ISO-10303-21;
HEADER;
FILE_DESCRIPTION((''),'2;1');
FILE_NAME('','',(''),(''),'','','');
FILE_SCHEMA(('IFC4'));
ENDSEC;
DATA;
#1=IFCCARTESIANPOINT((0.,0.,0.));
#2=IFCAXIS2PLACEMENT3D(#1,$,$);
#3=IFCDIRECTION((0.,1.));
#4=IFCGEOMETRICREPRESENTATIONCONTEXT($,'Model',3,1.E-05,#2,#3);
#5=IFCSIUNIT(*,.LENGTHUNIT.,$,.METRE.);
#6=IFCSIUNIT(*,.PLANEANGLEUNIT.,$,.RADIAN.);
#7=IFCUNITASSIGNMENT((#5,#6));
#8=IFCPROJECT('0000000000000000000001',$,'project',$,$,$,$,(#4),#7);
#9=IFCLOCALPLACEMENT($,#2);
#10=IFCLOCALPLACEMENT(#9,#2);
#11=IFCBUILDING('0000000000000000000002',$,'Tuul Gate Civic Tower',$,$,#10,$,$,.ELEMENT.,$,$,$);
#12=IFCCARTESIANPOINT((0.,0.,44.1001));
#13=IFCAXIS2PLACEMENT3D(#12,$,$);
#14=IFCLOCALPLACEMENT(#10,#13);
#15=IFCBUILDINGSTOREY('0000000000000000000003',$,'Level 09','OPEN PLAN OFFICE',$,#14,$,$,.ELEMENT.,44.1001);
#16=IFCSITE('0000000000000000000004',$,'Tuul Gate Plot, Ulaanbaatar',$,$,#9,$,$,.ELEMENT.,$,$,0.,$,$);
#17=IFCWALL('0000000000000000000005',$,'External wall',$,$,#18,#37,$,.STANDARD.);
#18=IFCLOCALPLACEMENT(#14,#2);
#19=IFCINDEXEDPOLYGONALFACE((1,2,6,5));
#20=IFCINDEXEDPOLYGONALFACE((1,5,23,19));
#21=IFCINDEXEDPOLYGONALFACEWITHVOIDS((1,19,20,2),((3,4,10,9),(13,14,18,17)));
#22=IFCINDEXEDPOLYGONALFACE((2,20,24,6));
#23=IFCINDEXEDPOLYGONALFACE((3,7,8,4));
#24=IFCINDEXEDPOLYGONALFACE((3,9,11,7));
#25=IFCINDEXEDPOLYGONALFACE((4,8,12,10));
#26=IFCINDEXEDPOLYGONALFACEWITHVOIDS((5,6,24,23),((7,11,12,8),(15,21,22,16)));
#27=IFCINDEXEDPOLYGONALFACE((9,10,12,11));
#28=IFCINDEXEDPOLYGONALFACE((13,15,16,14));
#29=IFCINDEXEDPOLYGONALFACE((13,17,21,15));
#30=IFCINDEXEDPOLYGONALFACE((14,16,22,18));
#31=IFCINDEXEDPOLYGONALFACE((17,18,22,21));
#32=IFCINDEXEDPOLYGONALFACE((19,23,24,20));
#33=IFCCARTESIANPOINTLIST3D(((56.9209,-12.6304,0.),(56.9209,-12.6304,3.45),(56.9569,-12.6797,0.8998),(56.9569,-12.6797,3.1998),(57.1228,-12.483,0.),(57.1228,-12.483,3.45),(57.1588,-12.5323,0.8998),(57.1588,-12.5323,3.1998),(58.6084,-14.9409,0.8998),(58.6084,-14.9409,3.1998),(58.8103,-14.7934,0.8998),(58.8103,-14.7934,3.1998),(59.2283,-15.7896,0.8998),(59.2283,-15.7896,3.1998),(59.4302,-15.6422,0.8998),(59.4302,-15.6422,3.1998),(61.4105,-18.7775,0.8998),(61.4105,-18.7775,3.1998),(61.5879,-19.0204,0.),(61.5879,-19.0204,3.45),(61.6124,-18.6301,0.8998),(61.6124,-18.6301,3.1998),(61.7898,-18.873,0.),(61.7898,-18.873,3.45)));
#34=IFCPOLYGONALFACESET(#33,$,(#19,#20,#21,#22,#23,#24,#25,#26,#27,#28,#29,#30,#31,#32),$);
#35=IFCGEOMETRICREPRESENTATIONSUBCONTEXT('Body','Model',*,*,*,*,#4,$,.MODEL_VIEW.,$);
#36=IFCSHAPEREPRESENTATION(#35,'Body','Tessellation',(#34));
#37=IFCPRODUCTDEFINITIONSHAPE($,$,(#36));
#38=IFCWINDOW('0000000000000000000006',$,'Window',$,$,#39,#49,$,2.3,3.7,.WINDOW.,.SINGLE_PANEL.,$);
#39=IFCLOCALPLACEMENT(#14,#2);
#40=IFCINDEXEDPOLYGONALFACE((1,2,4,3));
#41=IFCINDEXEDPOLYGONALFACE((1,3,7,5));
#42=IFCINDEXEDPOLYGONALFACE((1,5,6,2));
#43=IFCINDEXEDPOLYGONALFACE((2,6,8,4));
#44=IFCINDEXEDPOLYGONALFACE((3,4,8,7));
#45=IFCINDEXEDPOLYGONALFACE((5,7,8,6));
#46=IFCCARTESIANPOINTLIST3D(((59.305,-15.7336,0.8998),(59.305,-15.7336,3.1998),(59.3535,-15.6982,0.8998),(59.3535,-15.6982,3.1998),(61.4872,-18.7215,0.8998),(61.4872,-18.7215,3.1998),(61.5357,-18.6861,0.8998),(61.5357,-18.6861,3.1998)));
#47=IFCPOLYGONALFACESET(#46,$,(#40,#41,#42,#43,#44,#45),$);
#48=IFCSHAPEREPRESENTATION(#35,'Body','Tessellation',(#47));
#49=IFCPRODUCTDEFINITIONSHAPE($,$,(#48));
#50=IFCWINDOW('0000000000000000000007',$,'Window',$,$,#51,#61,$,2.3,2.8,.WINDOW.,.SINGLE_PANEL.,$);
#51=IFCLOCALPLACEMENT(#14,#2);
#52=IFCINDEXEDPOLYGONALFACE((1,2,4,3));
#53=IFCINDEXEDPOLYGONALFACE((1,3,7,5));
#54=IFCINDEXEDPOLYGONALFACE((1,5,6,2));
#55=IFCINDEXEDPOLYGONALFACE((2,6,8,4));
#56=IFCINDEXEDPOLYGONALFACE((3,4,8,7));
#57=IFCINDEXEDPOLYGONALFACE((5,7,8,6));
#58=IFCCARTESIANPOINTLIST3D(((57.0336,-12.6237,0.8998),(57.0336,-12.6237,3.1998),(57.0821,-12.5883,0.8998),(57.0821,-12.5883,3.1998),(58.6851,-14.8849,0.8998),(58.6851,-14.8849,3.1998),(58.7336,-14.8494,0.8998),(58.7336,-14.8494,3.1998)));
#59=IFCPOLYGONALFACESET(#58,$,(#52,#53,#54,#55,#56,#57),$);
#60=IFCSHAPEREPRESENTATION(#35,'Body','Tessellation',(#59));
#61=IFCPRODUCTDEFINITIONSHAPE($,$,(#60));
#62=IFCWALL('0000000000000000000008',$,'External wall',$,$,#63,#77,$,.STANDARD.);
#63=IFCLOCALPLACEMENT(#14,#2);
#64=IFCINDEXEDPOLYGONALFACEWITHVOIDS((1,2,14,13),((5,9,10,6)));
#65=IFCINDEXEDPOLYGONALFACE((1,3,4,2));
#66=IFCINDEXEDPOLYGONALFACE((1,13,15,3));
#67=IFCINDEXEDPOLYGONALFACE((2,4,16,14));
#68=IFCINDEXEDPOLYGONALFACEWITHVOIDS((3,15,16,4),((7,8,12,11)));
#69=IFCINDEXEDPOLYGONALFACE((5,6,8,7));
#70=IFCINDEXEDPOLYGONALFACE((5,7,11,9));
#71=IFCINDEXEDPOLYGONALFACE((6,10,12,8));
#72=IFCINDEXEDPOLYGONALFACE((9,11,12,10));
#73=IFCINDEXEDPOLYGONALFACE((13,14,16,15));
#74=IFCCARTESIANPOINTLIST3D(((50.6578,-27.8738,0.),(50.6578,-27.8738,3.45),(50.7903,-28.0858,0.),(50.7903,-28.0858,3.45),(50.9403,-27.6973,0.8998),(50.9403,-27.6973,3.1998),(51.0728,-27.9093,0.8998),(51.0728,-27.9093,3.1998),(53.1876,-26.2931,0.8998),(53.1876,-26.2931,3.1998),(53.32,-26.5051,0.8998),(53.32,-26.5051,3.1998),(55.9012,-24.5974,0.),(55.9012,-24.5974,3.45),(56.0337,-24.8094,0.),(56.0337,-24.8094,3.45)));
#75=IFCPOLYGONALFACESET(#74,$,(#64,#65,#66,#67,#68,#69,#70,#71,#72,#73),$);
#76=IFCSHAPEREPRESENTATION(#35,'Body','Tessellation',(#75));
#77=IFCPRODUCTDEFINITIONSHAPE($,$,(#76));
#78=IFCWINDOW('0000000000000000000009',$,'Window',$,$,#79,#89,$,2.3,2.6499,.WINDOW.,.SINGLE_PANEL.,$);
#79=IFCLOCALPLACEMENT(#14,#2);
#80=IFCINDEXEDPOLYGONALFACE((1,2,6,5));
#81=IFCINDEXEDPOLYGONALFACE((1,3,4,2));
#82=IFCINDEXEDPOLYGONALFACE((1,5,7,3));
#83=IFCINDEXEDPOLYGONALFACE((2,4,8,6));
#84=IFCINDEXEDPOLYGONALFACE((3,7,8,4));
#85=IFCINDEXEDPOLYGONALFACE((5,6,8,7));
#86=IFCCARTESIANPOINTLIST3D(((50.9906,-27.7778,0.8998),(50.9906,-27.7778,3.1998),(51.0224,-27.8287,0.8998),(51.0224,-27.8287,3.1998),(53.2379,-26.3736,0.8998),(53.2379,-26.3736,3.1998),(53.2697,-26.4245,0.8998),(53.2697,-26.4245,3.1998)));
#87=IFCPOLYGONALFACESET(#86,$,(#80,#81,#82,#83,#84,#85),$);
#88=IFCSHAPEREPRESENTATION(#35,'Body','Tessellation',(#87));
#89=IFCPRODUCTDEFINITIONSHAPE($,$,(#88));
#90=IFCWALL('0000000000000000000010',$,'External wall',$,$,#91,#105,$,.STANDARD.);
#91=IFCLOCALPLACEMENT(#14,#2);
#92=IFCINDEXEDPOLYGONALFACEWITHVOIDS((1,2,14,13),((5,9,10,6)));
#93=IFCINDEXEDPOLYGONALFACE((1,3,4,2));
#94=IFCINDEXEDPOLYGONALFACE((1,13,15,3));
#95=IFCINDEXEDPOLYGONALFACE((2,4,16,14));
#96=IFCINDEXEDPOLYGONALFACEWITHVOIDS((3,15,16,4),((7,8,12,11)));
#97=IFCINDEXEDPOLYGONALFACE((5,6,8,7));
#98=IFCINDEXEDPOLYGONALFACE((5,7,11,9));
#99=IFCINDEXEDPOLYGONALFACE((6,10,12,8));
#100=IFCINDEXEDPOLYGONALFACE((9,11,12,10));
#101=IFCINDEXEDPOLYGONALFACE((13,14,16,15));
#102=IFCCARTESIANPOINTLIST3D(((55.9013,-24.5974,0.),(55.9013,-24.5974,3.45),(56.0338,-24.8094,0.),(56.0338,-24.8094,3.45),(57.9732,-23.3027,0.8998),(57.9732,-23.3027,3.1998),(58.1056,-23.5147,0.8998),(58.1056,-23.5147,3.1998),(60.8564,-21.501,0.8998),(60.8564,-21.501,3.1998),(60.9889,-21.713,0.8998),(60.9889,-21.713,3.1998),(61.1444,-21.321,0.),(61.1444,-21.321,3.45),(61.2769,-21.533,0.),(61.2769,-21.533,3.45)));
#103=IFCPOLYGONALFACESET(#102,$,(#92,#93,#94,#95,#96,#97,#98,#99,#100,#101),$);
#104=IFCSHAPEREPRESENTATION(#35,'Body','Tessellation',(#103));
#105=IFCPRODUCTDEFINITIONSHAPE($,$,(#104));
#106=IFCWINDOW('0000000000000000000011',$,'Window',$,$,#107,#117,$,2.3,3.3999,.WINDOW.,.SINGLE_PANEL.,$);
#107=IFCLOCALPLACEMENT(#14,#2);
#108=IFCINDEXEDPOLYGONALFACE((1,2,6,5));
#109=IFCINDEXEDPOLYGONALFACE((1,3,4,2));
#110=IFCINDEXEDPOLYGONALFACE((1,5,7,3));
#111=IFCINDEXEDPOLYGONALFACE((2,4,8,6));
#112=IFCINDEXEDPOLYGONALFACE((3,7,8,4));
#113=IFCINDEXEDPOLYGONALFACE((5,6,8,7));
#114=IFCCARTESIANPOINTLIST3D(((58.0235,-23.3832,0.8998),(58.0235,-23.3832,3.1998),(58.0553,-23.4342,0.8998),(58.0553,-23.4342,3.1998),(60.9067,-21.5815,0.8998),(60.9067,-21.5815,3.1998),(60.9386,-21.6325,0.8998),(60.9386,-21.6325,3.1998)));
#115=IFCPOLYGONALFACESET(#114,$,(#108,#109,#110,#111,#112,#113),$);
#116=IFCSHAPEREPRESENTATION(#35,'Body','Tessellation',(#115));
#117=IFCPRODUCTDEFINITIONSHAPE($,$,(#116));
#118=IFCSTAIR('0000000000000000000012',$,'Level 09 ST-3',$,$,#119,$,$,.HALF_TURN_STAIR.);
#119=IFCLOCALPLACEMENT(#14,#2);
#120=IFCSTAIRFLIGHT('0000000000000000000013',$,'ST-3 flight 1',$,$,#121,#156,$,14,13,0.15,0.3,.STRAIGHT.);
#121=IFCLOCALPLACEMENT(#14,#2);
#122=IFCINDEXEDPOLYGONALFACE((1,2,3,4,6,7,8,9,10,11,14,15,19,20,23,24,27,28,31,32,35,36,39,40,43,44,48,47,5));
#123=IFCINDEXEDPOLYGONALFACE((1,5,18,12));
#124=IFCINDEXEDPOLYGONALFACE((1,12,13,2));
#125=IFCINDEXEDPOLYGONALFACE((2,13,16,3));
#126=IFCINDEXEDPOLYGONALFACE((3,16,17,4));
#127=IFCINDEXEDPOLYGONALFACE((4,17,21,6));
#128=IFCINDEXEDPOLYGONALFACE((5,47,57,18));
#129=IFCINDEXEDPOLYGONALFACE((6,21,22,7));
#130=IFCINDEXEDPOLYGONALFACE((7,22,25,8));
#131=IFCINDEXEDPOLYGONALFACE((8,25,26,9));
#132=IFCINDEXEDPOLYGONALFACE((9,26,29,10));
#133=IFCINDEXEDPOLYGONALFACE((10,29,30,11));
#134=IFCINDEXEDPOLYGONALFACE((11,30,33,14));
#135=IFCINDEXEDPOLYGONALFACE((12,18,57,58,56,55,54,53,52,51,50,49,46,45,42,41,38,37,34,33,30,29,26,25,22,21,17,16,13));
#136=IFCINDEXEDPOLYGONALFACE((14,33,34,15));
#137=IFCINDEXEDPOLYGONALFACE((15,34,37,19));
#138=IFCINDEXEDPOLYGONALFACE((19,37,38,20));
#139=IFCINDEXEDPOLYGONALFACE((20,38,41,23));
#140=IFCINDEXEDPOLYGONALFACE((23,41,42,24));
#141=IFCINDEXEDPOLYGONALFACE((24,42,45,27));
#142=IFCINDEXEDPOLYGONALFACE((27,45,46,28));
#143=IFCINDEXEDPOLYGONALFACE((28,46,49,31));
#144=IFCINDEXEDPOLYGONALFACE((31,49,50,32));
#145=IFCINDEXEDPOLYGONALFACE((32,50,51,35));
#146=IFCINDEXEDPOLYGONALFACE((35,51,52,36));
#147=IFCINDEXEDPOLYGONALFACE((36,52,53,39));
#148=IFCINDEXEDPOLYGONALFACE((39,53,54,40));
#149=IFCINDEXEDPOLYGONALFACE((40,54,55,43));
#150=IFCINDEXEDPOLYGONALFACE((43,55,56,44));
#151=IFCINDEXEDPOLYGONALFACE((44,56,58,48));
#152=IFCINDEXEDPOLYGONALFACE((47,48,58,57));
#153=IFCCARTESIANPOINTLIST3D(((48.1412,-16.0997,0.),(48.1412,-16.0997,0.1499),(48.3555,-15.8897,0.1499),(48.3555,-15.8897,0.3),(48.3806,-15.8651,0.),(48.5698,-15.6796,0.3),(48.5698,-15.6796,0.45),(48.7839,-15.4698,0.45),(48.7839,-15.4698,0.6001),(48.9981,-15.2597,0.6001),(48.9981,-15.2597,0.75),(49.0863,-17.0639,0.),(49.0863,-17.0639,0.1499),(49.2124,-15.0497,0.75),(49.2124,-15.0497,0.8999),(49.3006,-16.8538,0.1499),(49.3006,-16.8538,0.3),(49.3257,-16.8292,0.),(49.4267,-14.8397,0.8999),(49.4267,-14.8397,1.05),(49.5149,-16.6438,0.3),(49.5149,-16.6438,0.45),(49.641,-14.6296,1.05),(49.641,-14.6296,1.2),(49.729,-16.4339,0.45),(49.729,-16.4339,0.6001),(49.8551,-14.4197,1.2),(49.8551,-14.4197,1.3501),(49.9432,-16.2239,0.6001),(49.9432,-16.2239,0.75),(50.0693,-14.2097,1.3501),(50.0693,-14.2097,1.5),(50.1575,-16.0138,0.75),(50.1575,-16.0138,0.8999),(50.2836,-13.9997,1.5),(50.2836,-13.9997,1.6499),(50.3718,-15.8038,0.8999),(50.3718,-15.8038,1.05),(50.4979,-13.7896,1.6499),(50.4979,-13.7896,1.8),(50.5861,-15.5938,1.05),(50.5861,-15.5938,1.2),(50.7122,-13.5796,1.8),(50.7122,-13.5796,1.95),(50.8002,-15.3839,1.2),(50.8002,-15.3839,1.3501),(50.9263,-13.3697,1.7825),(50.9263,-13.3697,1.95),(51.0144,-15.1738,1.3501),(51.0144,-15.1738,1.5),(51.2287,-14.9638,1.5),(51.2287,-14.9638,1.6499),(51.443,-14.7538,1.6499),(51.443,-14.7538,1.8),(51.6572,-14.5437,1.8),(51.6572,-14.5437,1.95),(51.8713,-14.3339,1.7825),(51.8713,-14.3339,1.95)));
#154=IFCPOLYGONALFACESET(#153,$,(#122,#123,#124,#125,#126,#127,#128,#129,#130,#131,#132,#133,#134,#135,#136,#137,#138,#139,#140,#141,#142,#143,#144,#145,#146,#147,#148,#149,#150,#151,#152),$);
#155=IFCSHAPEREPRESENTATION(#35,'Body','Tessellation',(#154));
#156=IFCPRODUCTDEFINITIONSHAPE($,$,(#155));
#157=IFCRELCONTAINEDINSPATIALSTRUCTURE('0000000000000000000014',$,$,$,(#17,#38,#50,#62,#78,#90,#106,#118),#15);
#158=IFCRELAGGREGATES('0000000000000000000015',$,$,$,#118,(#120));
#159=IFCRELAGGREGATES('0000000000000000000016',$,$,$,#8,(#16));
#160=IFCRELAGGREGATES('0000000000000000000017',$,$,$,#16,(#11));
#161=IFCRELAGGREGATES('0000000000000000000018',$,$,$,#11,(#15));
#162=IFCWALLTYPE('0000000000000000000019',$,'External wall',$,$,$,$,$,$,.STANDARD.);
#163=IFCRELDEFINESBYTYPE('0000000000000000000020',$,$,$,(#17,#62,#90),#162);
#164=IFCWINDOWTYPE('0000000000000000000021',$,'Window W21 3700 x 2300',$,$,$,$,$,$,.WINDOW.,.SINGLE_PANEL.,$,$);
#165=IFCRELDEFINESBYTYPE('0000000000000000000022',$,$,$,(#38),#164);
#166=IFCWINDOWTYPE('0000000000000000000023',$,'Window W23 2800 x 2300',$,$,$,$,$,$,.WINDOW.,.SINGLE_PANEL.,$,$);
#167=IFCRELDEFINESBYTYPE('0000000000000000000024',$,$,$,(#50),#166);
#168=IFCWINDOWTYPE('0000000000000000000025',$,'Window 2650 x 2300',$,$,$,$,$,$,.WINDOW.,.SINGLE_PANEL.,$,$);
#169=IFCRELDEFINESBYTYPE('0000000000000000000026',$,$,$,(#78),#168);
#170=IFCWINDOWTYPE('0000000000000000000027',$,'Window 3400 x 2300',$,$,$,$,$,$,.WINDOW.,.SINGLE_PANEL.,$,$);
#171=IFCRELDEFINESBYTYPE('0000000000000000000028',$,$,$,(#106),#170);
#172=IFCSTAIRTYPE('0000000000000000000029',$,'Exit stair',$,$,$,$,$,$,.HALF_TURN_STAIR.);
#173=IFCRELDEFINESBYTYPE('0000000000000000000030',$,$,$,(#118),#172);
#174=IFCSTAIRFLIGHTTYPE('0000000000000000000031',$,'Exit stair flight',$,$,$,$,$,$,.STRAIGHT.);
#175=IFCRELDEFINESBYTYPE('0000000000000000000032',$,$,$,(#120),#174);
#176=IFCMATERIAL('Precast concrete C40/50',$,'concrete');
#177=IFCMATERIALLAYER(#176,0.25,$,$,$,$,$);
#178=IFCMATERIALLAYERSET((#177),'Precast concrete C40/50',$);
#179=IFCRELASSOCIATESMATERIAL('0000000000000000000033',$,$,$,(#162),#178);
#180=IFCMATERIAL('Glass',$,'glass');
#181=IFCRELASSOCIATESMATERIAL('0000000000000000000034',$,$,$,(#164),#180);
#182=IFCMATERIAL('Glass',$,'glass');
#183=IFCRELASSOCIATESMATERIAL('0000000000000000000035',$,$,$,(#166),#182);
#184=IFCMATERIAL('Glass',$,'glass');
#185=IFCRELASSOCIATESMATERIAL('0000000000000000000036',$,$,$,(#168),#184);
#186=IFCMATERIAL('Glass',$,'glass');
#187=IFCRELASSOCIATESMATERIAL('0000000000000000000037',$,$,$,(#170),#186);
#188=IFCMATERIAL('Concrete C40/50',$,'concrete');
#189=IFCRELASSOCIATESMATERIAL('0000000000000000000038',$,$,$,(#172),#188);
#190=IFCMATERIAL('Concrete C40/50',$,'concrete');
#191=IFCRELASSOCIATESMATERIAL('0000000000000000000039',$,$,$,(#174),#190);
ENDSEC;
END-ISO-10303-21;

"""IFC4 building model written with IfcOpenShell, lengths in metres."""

from ifc_helpers import new_model, si_unit, direction, frame, frame_2d, origin, place, context, subcontext, project, spatial, polyline, rectangle, outline, extrude, material, layer, layer_set, type_object, element, fill, aggregate, save


model = new_model("IFC4")

# Units and contexts
model_context = context("Model", 3, precision=1e-05, world=origin(), true_north=direction((0.0, 1.0)))
body_context = subcontext(model_context, "Body", "Model", "MODEL_VIEW")
ifc_project = project(units=[si_unit("LENGTHUNIT", "METRE"), si_unit("PLANEANGLEUNIT", "RADIAN")], contexts=[model_context])

# Site, building, storey
site_placement = place(None, origin())
site = spatial("IfcSite", under=ifc_project, at=site_placement, Name="Tuul Gate Plot, Ulaanbaatar", CompositionType="ELEMENT", RefElevation=0.0)
building_placement = place(site_placement, origin())
building = spatial("IfcBuilding", under=site, at=building_placement, Name="Tuul Gate Civic Tower", CompositionType="ELEMENT")
storey_placement = place(building_placement, frame((0.0, 0.0, 44.1001)))
storey = spatial("IfcBuildingStorey", under=building, at=storey_placement, Name="Level 09", Description="OPEN PLAN OFFICE", CompositionType="ELEMENT", Elevation=44.1001)

# Shared definitions
ifc_material_1 = material(Name="Precast concrete C40/50", Category="concrete")
ifc_layer_1 = layer(ifc_material_1, 0.25)
ifc_layer_set_1 = layer_set([ifc_layer_1], Name="Precast concrete C40/50")
wall_type_1 = type_object("IfcWallType", Name="External wall", PredefinedType="STANDARD", material=ifc_layer_set_1)

# Wall, openings, windows
wall_1_placement = place(storey_placement, frame((61.689, -18.9468, 0.0), z_axis=(0.0, 0.0, 1.0), x_axis=(-0.589807, 0.807544, 0.0)))
wall_1 = element("IfcWall", 1, at=wall_1_placement, inside=storey, type_object=wall_type_1, Name="External wall", PredefinedType="STANDARD", context=body_context, shape_type="SweptSolid", body=[
    extrude(rectangle(XDim=7.9128, YDim=0.25, at=frame_2d((3.9565, 0.0))), origin(), (0.0, 0.0, 1.0), 3.45),
])
opening_1_placement = place(wall_1_placement, frame((0.3008, 0.0, 0.8999)))
opening_1 = element("IfcOpeningElement", 2, at=opening_1_placement, cuts=wall_1, PredefinedType="OPENING", context=body_context, shape_type="SweptSolid", body=[
    extrude(rectangle(XDim=3.7, YDim=2.3, at=frame_2d((1.8501, 1.1499))), frame((0.0, 0.135, 0.0), z_axis=(0.0, -1.0, 0.0), x_axis=(1.0, 0.0, 0.0)), (0.0, 0.0, 1.0), 0.27),
])
opening_2_placement = place(wall_1_placement, frame((5.052, 0.0, 0.8999)))
opening_2 = element("IfcOpeningElement", 3, at=opening_2_placement, cuts=wall_1, PredefinedType="OPENING", context=body_context, shape_type="SweptSolid", body=[
    extrude(rectangle(XDim=2.8, YDim=2.3, at=frame_2d((1.3999, 1.1499))), frame((0.0, 0.135, 0.0), z_axis=(0.0, -1.0, 0.0), x_axis=(1.0, 0.0, 0.0)), (0.0, 0.0, 1.0), 0.27),
])
ifc_material_2 = material(Name="Glass", Category="glass")
window_type_1 = type_object("IfcWindowType", Name="Window W21 3700 x 2300", PartitioningType="SINGLE_PANEL", PredefinedType="WINDOW", material=ifc_material_2)
window_1_placement = place(opening_1_placement, origin())
window_1 = element("IfcWindow", 4, at=window_1_placement, inside=storey, type_object=window_type_1, Name="Window", OverallHeight=2.3, OverallWidth=3.7, PartitioningType="SINGLE_PANEL", PredefinedType="WINDOW", context=body_context, shape_type="SweptSolid", body=[
    extrude(rectangle(XDim=3.7, YDim=2.3, at=frame_2d((1.8501, 1.1499))), frame((0.0, 0.03, 0.0), z_axis=(0.0, -1.0, 0.0), x_axis=(1.0, 0.0, 0.0)), (0.0, 0.0, 1.0), 0.0601),
])
fill(opening_1, window_1)
ifc_material_3 = material(Name="Glass", Category="glass")
window_type_2 = type_object("IfcWindowType", Name="Window W23 2800 x 2300", PartitioningType="SINGLE_PANEL", PredefinedType="WINDOW", material=ifc_material_3)
window_2_placement = place(opening_2_placement, origin())
window_2 = element("IfcWindow", 5, at=window_2_placement, inside=storey, type_object=window_type_2, Name="Window", OverallHeight=2.3, OverallWidth=2.8, PartitioningType="SINGLE_PANEL", PredefinedType="WINDOW", context=body_context, shape_type="SweptSolid", body=[
    extrude(rectangle(XDim=2.8, YDim=2.3, at=frame_2d((1.3999, 1.1499))), frame((0.0, 0.03, 0.0), z_axis=(0.0, -1.0, 0.0), x_axis=(1.0, 0.0, 0.0)), (0.0, 0.0, 1.0), 0.0601),
])
fill(opening_2, window_2)

# Walls, openings, windows
wall_2_placement = place(storey_placement, frame((50.7241, -27.9797, 0.0), z_axis=(0.0, 0.0, 1.0), x_axis=(0.848054, 0.52991, 0.0)))
wall_2 = element("IfcWall", 6, at=wall_2_placement, inside=storey, type_object=wall_type_1, Name="External wall", PredefinedType="STANDARD", context=body_context, shape_type="SweptSolid", body=[
    extrude(rectangle(XDim=6.1829, YDim=0.25, at=frame_2d((3.0913, 0.0))), origin(), (0.0, 0.0, 1.0), 3.45),
])
opening_3_placement = place(wall_2_placement, frame((0.333, 0.0, 0.8999)))
opening_3 = element("IfcOpeningElement", 7, at=opening_3_placement, cuts=wall_2, PredefinedType="OPENING", context=body_context, shape_type="SweptSolid", body=[
    extrude(rectangle(XDim=2.6499, YDim=2.3, at=frame_2d((1.325, 1.1499))), frame((0.0, 0.135, 0.0), z_axis=(0.0, -1.0, 0.0), x_axis=(1.0, 0.0, 0.0)), (0.0, 0.0, 1.0), 0.27),
])
ifc_material_4 = material(Name="Glass", Category="glass")
window_type_3 = type_object("IfcWindowType", Name="Window 2650 x 2300", PartitioningType="SINGLE_PANEL", PredefinedType="WINDOW", material=ifc_material_4)
window_3_placement = place(opening_3_placement, origin())
window_3 = element("IfcWindow", 8, at=window_3_placement, inside=storey, type_object=window_type_3, Name="Window", OverallHeight=2.3, OverallWidth=2.6499, PartitioningType="SINGLE_PANEL", PredefinedType="WINDOW", context=body_context, shape_type="SweptSolid", body=[
    extrude(rectangle(XDim=2.6499, YDim=2.3, at=frame_2d((1.325, 1.1499))), frame((0.0, 0.03, 0.0), z_axis=(0.0, -1.0, 0.0), x_axis=(1.0, 0.0, 0.0)), (0.0, 0.0, 1.0), 0.0601),
])
fill(opening_3, window_3)
wall_3_placement = place(storey_placement, frame((55.9675, -24.7034, 0.0), z_axis=(0.0, 0.0, 1.0), x_axis=(0.848043, 0.529928, 0.0)))
wall_3 = element("IfcWall", 9, at=wall_3_placement, inside=storey, type_object=wall_type_1, Name="External wall", PredefinedType="STANDARD", context=body_context, shape_type="SweptSolid", body=[
    extrude(rectangle(XDim=6.1826, YDim=0.25, at=frame_2d((3.0913, 0.0))), origin(), (0.0, 0.0, 1.0), 3.45),
])
opening_4_placement = place(wall_3_placement, frame((2.4431, 0.0, 0.8999)))
opening_4 = element("IfcOpeningElement", 10, at=opening_4_placement, cuts=wall_3, PredefinedType="OPENING", context=body_context, shape_type="SweptSolid", body=[
    extrude(rectangle(XDim=3.3999, YDim=2.3, at=frame_2d((1.7, 1.1499))), frame((0.0, 0.135, 0.0), z_axis=(0.0, -1.0, 0.0), x_axis=(1.0, 0.0, 0.0)), (0.0, 0.0, 1.0), 0.27),
])
ifc_material_5 = material(Name="Glass", Category="glass")
window_type_4 = type_object("IfcWindowType", Name="Window 3400 x 2300", PartitioningType="SINGLE_PANEL", PredefinedType="WINDOW", material=ifc_material_5)
window_4_placement = place(opening_4_placement, origin())
window_4 = element("IfcWindow", 11, at=window_4_placement, inside=storey, type_object=window_type_4, Name="Window", OverallHeight=2.3, OverallWidth=3.3999, PartitioningType="SINGLE_PANEL", PredefinedType="WINDOW", context=body_context, shape_type="SweptSolid", body=[
    extrude(rectangle(XDim=3.3999, YDim=2.3, at=frame_2d((1.7, 1.1499))), frame((0.0, 0.03, 0.0), z_axis=(0.0, -1.0, 0.0), x_axis=(1.0, 0.0, 0.0)), (0.0, 0.0, 1.0), 0.0601),
])
fill(opening_4, window_4)

# Stair, stair flight
ifc_material_6 = material(Name="Concrete C40/50", Category="concrete")
stair_type = type_object("IfcStairType", Name="Exit stair", PredefinedType="HALF_TURN_STAIR", material=ifc_material_6)
stair_placement = place(storey_placement, origin())
stair = element("IfcStair", 12, at=stair_placement, inside=storey, type_object=stair_type, Name="Level 09 ST-3", PredefinedType="HALF_TURN_STAIR")
ifc_material_7 = material(Name="Concrete C40/50", Category="concrete")
stair_flight_type = type_object("IfcStairFlightType", Name="Exit stair flight", PredefinedType="STRAIGHT", material=ifc_material_7)
stair_flight_placement = place(storey_placement, frame((48.6138, -16.5818, 0.0), z_axis=(0.0, 0.0, 1.0), x_axis=(0.714127, 0.700016, 0.0)))
stair_flight = element("IfcStairFlight", 13, at=stair_flight_placement, type_object=stair_flight_type, Name="ST-3 flight 1", NumberOfRisers=14, NumberOfTreads=13, PredefinedType="STRAIGHT", RiserHeight=0.15, TreadLength=0.3, context=body_context, shape_type="SweptSolid", body=[
    extrude(outline(polyline([(0.0, 0.0), (0.0, 0.1499), (0.3, 0.1499), (0.3, 0.3), (0.6001, 0.3), (0.6001, 0.45), (0.8999, 0.45), (0.8999, 0.6001), (1.2, 0.6001), (1.2, 0.75), (1.5, 0.75), (1.5, 0.8999), (1.8, 0.8999), (1.8, 1.05), (2.1001, 1.05), (2.1001, 1.2), (2.3999, 1.2), (2.3999, 1.3501), (2.7, 1.3501), (2.7, 1.5), (3.0, 1.5), (3.0, 1.6499), (3.3, 1.6499), (3.3, 1.8), (3.6001, 1.8), (3.6001, 1.95), (3.8999, 1.95), (3.8999, 2.1001), (3.8999, 1.7825), (0.3352, 0.0), (0.0, 0.0)])), frame((0.0, 0.675, 0.0), z_axis=(0.0, -1.0, 0.0), x_axis=(1.0, 0.0, 0.0)), (0.0, 0.0, 1.0), 1.3501),
])
aggregate(stair, [stair_flight])

save(model, "model.ifc")
